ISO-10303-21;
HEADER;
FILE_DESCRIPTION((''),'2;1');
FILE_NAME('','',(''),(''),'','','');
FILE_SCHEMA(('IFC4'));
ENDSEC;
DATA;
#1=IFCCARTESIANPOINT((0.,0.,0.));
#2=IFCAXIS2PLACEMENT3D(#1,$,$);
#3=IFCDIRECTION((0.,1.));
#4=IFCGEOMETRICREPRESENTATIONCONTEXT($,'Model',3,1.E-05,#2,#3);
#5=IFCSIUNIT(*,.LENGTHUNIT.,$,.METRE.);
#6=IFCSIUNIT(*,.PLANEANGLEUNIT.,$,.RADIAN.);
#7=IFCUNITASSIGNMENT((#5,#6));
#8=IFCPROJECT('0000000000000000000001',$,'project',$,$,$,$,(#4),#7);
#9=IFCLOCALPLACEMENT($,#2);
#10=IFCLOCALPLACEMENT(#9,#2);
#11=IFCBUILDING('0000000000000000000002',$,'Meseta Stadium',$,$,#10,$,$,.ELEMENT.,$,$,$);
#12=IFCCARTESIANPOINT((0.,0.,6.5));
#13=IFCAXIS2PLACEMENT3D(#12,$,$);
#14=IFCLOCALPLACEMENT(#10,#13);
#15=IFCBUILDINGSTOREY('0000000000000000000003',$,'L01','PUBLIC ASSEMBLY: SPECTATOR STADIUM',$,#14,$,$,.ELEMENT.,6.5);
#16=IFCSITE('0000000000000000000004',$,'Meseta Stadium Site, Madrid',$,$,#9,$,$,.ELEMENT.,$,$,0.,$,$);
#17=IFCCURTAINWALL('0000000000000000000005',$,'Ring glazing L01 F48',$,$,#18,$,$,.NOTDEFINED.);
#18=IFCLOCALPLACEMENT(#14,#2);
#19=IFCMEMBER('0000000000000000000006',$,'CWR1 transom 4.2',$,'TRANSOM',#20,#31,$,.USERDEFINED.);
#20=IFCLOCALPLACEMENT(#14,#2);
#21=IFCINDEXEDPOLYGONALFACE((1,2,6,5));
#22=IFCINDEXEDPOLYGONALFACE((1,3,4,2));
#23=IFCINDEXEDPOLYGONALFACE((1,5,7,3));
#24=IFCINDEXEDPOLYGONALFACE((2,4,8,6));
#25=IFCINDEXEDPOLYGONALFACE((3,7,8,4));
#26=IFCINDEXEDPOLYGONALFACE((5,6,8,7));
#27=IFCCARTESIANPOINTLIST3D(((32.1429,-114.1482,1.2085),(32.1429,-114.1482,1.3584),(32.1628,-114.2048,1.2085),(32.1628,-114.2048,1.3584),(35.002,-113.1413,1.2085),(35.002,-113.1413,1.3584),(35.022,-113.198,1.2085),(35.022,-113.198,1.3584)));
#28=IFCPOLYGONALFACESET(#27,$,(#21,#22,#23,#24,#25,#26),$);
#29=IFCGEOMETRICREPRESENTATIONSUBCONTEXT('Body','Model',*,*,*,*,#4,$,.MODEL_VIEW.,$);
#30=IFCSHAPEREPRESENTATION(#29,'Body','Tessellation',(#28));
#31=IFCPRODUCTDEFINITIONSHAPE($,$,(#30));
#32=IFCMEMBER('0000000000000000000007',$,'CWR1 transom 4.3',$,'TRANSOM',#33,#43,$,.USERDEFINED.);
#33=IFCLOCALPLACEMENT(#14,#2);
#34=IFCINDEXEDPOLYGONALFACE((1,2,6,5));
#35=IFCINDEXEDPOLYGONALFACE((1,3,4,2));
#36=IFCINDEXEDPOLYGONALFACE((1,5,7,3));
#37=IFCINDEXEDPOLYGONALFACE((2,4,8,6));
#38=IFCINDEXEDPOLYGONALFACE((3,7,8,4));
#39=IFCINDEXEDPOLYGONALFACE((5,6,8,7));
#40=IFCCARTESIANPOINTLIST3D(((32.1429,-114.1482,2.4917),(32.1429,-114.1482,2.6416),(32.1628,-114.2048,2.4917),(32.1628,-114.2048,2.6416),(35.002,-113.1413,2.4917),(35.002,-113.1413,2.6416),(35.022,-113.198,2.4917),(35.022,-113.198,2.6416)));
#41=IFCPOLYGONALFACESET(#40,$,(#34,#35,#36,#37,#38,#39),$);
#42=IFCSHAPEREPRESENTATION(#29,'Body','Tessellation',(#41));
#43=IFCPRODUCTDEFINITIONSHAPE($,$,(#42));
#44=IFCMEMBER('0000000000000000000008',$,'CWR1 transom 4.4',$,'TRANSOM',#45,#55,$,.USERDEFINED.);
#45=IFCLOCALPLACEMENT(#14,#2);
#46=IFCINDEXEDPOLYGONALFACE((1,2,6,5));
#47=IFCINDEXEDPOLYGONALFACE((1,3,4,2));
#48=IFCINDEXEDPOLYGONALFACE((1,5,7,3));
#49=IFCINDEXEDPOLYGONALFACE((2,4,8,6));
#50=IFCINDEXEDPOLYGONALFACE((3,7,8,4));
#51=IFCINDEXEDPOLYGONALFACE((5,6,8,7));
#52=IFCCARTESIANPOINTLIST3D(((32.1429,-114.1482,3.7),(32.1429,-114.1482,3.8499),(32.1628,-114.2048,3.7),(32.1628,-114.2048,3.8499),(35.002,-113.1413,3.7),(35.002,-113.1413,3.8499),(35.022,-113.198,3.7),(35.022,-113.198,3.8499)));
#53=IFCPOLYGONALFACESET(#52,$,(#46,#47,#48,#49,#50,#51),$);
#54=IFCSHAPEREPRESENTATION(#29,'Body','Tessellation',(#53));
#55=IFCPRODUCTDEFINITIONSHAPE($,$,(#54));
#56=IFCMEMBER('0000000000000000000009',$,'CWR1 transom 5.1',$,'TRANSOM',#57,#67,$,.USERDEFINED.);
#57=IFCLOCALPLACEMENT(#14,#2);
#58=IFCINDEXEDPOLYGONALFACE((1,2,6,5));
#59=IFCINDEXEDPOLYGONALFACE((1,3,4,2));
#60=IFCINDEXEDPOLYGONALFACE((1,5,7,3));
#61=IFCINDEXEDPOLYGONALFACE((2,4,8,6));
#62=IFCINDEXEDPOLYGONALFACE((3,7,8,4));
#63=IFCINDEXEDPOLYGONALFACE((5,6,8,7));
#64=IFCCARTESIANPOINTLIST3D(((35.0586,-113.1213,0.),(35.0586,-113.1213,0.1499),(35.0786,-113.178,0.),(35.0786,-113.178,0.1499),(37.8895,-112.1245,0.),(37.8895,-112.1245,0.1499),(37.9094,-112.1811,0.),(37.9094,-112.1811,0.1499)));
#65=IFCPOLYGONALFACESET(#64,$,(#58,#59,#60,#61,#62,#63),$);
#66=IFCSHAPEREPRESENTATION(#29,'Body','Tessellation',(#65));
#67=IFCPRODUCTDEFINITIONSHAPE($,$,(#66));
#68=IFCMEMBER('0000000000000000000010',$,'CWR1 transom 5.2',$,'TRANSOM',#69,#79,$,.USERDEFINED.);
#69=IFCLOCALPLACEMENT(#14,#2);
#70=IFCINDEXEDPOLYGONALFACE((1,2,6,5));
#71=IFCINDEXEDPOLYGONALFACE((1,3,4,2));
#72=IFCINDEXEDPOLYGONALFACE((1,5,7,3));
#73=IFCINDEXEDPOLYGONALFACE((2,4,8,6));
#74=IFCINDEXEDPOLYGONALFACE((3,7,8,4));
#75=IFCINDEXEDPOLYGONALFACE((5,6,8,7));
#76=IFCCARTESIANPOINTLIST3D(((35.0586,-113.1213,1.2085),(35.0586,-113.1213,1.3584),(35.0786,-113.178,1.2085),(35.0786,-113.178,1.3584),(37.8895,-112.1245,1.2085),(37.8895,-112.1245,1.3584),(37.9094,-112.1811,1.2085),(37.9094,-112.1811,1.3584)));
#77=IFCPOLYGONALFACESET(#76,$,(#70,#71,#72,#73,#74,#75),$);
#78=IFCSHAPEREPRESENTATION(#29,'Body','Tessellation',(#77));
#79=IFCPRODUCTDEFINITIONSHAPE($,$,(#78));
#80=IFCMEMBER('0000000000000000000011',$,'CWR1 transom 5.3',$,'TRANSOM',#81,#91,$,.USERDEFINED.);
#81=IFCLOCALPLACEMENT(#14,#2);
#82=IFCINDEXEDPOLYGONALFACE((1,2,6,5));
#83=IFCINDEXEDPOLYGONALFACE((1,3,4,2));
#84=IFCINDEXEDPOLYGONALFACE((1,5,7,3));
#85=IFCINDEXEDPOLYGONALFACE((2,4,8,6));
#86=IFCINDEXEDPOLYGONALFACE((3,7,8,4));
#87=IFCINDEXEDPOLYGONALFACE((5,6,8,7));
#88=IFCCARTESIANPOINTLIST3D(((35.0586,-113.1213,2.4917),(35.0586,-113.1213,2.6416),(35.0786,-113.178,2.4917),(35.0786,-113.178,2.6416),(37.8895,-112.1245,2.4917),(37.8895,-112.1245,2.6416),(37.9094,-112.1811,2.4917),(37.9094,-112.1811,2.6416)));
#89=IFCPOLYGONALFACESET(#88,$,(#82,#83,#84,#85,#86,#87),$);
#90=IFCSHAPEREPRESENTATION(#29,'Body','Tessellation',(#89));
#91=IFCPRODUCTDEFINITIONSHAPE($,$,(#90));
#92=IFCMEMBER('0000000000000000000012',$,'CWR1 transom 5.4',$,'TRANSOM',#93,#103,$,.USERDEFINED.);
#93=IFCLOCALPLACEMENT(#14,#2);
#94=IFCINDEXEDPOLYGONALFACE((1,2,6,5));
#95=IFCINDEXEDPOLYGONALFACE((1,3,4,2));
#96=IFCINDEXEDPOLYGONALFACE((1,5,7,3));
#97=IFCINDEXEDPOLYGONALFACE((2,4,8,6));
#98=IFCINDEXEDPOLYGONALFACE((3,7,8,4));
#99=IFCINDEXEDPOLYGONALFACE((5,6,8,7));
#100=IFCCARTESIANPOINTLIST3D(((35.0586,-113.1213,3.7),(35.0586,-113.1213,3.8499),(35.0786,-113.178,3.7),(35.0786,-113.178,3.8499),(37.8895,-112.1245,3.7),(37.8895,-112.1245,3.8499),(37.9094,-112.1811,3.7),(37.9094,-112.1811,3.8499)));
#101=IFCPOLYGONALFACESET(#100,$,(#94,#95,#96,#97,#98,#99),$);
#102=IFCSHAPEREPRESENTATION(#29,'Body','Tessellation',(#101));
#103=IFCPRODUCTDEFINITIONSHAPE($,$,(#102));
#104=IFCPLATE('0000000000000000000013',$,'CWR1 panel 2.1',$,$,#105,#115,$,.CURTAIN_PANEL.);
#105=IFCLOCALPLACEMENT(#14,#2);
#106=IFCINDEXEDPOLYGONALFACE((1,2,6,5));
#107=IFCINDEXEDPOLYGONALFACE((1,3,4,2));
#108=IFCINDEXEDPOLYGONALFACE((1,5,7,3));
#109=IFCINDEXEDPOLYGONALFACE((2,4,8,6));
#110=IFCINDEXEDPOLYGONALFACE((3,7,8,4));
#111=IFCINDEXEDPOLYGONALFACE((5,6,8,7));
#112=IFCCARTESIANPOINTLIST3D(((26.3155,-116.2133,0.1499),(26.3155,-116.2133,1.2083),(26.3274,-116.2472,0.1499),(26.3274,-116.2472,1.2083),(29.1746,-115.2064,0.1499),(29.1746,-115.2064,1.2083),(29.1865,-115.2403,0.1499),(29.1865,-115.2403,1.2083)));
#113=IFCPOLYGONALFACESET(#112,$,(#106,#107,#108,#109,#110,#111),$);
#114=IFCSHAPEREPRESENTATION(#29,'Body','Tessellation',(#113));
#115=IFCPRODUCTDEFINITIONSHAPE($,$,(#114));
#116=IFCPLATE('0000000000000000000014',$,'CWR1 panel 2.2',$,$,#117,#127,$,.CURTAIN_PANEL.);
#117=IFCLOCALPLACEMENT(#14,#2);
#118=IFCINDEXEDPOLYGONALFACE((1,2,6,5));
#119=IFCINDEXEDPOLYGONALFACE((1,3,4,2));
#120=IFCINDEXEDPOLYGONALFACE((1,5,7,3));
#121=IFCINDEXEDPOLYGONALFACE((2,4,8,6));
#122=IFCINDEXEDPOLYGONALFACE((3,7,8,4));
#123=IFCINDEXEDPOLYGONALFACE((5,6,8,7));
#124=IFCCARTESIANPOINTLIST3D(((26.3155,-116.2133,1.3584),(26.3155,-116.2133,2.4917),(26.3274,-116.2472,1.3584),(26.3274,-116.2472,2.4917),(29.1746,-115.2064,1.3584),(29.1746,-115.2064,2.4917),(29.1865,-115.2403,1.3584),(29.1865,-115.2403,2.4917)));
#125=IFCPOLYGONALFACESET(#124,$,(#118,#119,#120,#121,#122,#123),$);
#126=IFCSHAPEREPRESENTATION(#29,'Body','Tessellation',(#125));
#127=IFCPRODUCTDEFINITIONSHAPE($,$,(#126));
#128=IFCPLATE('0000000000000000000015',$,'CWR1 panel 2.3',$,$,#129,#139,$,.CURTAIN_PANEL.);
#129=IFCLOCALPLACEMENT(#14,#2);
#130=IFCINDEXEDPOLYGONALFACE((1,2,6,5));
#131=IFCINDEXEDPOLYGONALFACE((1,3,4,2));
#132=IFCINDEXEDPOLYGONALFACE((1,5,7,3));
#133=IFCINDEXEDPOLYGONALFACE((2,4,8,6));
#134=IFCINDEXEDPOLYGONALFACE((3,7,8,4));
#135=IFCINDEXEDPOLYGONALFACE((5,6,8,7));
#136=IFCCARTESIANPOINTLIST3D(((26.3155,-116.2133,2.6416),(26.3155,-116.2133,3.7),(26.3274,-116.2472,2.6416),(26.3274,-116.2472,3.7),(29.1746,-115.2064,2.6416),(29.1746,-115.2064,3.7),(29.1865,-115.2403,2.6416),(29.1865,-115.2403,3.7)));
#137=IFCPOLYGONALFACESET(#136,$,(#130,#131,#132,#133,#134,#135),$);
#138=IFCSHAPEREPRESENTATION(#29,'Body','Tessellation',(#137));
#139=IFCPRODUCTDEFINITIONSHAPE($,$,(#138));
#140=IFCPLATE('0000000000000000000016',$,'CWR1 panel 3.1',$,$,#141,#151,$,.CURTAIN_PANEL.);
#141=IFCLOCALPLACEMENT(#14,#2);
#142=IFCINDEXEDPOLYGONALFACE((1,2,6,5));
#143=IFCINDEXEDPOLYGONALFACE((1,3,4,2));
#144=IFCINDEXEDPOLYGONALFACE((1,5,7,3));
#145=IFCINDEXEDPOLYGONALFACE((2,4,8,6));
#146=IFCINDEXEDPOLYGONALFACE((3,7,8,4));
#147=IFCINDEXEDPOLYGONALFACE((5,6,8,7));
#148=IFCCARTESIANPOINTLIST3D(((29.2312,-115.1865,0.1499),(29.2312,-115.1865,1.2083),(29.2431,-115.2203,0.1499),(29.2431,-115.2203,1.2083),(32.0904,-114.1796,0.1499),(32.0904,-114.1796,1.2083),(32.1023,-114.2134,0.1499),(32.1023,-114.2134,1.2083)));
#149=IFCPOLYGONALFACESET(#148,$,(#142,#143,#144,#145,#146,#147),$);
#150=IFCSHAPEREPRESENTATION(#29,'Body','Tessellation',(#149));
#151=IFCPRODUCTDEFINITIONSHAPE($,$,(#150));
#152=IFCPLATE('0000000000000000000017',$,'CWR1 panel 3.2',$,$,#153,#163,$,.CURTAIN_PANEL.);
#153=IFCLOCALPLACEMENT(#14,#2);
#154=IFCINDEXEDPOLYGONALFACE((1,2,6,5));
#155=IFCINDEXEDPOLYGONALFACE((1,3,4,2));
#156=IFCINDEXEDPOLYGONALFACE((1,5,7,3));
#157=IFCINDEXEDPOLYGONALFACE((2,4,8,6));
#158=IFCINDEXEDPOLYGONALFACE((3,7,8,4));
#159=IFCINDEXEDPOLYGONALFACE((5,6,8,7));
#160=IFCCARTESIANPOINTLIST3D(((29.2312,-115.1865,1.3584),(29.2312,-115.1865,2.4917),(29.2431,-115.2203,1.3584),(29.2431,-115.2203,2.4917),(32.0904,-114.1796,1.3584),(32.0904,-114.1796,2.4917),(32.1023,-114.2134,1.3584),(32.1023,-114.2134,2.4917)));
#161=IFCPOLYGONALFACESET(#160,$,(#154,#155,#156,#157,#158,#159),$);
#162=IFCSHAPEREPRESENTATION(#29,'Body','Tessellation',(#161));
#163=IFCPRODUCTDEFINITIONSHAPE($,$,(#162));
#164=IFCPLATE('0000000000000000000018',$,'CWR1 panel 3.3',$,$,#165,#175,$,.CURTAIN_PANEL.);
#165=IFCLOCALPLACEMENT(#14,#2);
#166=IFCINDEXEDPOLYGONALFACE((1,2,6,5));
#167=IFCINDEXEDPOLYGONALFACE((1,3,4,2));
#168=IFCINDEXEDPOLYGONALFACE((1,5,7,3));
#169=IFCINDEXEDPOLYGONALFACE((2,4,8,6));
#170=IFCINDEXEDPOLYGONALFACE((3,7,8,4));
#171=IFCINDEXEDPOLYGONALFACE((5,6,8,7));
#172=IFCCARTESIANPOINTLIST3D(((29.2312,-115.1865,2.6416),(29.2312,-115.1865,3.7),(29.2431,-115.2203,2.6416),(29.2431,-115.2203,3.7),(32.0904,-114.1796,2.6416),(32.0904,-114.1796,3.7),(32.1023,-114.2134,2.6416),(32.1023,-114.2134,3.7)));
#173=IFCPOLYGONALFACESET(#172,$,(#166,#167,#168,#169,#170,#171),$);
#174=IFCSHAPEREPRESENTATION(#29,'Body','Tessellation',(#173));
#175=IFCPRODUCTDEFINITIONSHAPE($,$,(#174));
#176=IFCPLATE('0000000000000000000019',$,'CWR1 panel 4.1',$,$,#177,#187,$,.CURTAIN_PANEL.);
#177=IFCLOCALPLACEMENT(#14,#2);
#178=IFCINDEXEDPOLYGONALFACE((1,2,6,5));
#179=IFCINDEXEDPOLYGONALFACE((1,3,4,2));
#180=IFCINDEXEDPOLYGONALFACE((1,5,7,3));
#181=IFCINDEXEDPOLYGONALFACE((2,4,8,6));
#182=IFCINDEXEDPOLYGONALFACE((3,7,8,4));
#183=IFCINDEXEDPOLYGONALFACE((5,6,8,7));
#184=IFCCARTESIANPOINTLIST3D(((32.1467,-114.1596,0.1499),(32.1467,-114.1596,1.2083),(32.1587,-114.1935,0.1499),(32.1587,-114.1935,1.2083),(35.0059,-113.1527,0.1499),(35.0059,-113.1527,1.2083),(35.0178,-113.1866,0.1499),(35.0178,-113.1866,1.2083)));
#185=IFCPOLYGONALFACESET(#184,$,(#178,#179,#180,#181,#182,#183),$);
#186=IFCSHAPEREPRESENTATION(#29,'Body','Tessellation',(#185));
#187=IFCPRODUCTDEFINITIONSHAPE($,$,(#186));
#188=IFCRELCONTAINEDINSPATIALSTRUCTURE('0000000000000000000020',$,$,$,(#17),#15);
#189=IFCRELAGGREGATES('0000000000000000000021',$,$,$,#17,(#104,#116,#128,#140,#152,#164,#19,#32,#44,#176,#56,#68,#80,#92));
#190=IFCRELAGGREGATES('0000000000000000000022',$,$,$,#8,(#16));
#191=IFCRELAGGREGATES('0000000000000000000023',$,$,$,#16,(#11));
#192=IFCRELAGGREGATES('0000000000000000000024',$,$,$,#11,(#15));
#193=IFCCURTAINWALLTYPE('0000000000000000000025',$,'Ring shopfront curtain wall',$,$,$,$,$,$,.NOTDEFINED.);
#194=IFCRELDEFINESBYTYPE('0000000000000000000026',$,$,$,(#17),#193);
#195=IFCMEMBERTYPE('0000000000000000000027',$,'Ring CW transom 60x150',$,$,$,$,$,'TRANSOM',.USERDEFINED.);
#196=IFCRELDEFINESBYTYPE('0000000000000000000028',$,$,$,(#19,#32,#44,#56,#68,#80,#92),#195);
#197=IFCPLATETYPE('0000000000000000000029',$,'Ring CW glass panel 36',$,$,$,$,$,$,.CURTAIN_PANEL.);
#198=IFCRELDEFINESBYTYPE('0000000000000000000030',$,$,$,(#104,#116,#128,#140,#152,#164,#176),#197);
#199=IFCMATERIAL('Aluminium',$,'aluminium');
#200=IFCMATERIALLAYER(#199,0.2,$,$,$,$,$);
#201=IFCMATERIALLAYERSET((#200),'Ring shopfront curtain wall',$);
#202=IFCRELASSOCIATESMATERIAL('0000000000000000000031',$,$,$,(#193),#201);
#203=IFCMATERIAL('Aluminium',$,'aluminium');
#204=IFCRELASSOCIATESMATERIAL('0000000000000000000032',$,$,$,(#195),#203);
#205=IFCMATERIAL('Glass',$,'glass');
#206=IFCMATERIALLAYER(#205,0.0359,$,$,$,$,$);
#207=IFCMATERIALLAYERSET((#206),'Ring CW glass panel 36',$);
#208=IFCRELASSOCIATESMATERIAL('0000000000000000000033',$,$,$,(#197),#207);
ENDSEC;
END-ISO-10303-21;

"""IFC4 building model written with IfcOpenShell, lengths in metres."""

from ifc_helpers import new_model, si_unit, direction, frame, origin, origin_2d, place, context, subcontext, project, spatial, rectangle, extrude, material, layer, layer_set, material_profile, profile_set, type_object, element, aggregate, save


model = new_model("IFC4")

# Units and contexts
model_context = context("Model", 3, precision=1e-05, world=origin(), true_north=direction((0.0, 1.0)))
body_context = subcontext(model_context, "Body", "Model", "MODEL_VIEW")
ifc_project = project(units=[si_unit("LENGTHUNIT", "METRE"), si_unit("PLANEANGLEUNIT", "RADIAN")], contexts=[model_context])

# Site, building, storey
site_placement = place(None, origin())
site = spatial("IfcSite", under=ifc_project, at=site_placement, Name="Meseta Stadium Site, Madrid", CompositionType="ELEMENT", RefElevation=0.0)
building_placement = place(site_placement, origin())
building = spatial("IfcBuilding", under=site, at=building_placement, Name="Meseta Stadium", CompositionType="ELEMENT")
storey_placement = place(building_placement, frame((0.0, 0.0, 6.5)))
storey = spatial("IfcBuildingStorey", under=building, at=storey_placement, Name="L01", Description="PUBLIC ASSEMBLY: SPECTATOR STADIUM", CompositionType="ELEMENT", Elevation=6.5)

# Curtain wall, members, plates
ifc_material_1 = material(Name="Aluminium", Category="aluminium")
ifc_layer_1 = layer(ifc_material_1, 0.2)
ifc_layer_set_1 = layer_set([ifc_layer_1], Name="Ring shopfront curtain wall")
curtain_wall_type = type_object("IfcCurtainWallType", Name="Ring shopfront curtain wall", PredefinedType="NOTDEFINED", material=ifc_layer_set_1)
curtain_wall_placement = place(storey_placement, origin())
curtain_wall = element("IfcCurtainWall", 1, at=curtain_wall_placement, inside=storey, type_object=curtain_wall_type, Name="Ring glazing L01 F48", PredefinedType="NOTDEFINED")
ifc_material_2 = material(Name="Aluminium", Category="aluminium")
ifc_material_profile_1 = material_profile(ifc_material_2, rectangle(XDim=0.0601, YDim=0.1499, at=origin_2d()), Name="CW 60x150")
ifc_profile_set_1 = profile_set([ifc_material_profile_1], Name="Aluminium")
member_type_1 = type_object("IfcMemberType", Name="Ring CW transom 60x150", ElementType="TRANSOM", PredefinedType="USERDEFINED", material=ifc_profile_set_1)
member_1_placement = place(storey_placement, frame((32.1528, -114.1765, 1.2834), z_axis=(0.943225, 0.332154, 0.0), x_axis=(-0.332154, 0.943225, 0.0)))
member_1 = element("IfcMember", 2, at=member_1_placement, type_object=member_type_1, Name="CWR1 transom 4.2", ObjectType="TRANSOM", PredefinedType="USERDEFINED", context=body_context, shape_type="SweptSolid", body=[
    extrude(rectangle(XDim=0.0601, YDim=0.1499, at=origin_2d()), origin(), (0.0, 0.0, 1.0), 3.0312),
])
member_2_placement = place(storey_placement, frame((32.1528, -114.1765, 2.5667), z_axis=(0.943225, 0.332154, 0.0), x_axis=(-0.332154, 0.943225, 0.0)))
member_2 = element("IfcMember", 3, at=member_2_placement, type_object=member_type_1, Name="CWR1 transom 4.3", ObjectType="TRANSOM", PredefinedType="USERDEFINED", context=body_context, shape_type="SweptSolid", body=[
    extrude(rectangle(XDim=0.0601, YDim=0.1499, at=origin_2d()), origin(), (0.0, 0.0, 1.0), 3.0312),
])
member_3_placement = place(storey_placement, frame((32.1528, -114.1765, 3.7749), z_axis=(0.943225, 0.332154, 0.0), x_axis=(-0.332154, 0.943225, 0.0)))
member_3 = element("IfcMember", 4, at=member_3_placement, type_object=member_type_1, Name="CWR1 transom 4.4", ObjectType="TRANSOM", PredefinedType="USERDEFINED", context=body_context, shape_type="SweptSolid", body=[
    extrude(rectangle(XDim=0.0601, YDim=0.1499, at=origin_2d()), origin(), (0.0, 0.0, 1.0), 3.0312),
])
member_4_placement = place(storey_placement, frame((35.0686, -113.1497, 0.075), z_axis=(0.943229, 0.332143, 0.0), x_axis=(-0.332143, 0.943229, 0.0)))
member_4 = element("IfcMember", 5, at=member_4_placement, type_object=member_type_1, Name="CWR1 transom 5.1", ObjectType="TRANSOM", PredefinedType="USERDEFINED", context=body_context, shape_type="SweptSolid", body=[
    extrude(rectangle(XDim=0.0601, YDim=0.1499, at=origin_2d()), origin(), (0.0, 0.0, 1.0), 3.0012),
])
member_5_placement = place(storey_placement, frame((35.0686, -113.1497, 1.2834), z_axis=(0.943229, 0.332143, 0.0), x_axis=(-0.332143, 0.943229, 0.0)))
member_5 = element("IfcMember", 6, at=member_5_placement, type_object=member_type_1, Name="CWR1 transom 5.2", ObjectType="TRANSOM", PredefinedType="USERDEFINED", context=body_context, shape_type="SweptSolid", body=[
    extrude(rectangle(XDim=0.0601, YDim=0.1499, at=origin_2d()), origin(), (0.0, 0.0, 1.0), 3.0012),
])
member_6_placement = place(storey_placement, frame((35.0686, -113.1497, 2.5667), z_axis=(0.943229, 0.332143, 0.0), x_axis=(-0.332143, 0.943229, 0.0)))
member_6 = element("IfcMember", 7, at=member_6_placement, type_object=member_type_1, Name="CWR1 transom 5.3", ObjectType="TRANSOM", PredefinedType="USERDEFINED", context=body_context, shape_type="SweptSolid", body=[
    extrude(rectangle(XDim=0.0601, YDim=0.1499, at=origin_2d()), origin(), (0.0, 0.0, 1.0), 3.0012),
])
member_7_placement = place(storey_placement, frame((35.0686, -113.1497, 3.7749), z_axis=(0.943229, 0.332143, 0.0), x_axis=(-0.332143, 0.943229, 0.0)))
member_7 = element("IfcMember", 8, at=member_7_placement, type_object=member_type_1, Name="CWR1 transom 5.4", ObjectType="TRANSOM", PredefinedType="USERDEFINED", context=body_context, shape_type="SweptSolid", body=[
    extrude(rectangle(XDim=0.0601, YDim=0.1499, at=origin_2d()), origin(), (0.0, 0.0, 1.0), 3.0012),
])
ifc_material_3 = material(Name="Glass", Category="glass")
ifc_layer_2 = layer(ifc_material_3, 0.0359)
ifc_layer_set_2 = layer_set([ifc_layer_2], Name="Ring CW glass panel 36")
plate_type_1 = type_object("IfcPlateType", Name="Ring CW glass panel 36", PredefinedType="CURTAIN_PANEL", material=ifc_layer_set_2)
plate_1_placement = place(storey_placement, frame((27.751, -115.7268, 0.1499), z_axis=(0.0, 0.0, 1.0), x_axis=(0.943218, 0.332174, 0.0)))
plate_1 = element("IfcPlate", 9, at=plate_1_placement, type_object=plate_type_1, Name="CWR1 panel 2.1", PredefinedType="CURTAIN_PANEL", context=body_context, shape_type="SweptSolid", body=[
    extrude(rectangle(XDim=3.0312, YDim=0.0359, at=origin_2d()), origin(), (0.0, 0.0, 1.0), 1.0583),
])
plate_2_placement = place(storey_placement, frame((27.751, -115.7268, 1.3584), z_axis=(0.0, 0.0, 1.0), x_axis=(0.943218, 0.332174, 0.0)))
plate_2 = element("IfcPlate", 10, at=plate_2_placement, type_object=plate_type_1, Name="CWR1 panel 2.2", PredefinedType="CURTAIN_PANEL", context=body_context, shape_type="SweptSolid", body=[
    extrude(rectangle(XDim=3.0312, YDim=0.0359, at=origin_2d()), origin(), (0.0, 0.0, 1.0), 1.1333),
])
plate_3_placement = place(storey_placement, frame((27.751, -115.7268, 2.6416), z_axis=(0.0, 0.0, 1.0), x_axis=(0.943218, 0.332174, 0.0)))
plate_3 = element("IfcPlate", 11, at=plate_3_placement, type_object=plate_type_1, Name="CWR1 panel 2.3", PredefinedType="CURTAIN_PANEL", context=body_context, shape_type="SweptSolid", body=[
    extrude(rectangle(XDim=3.0312, YDim=0.0359, at=origin_2d()), origin(), (0.0, 0.0, 1.0), 1.0583),
])
plate_4_placement = place(storey_placement, frame((30.6667, -114.7, 0.1499), z_axis=(0.0, 0.0, 1.0), x_axis=(0.943218, 0.332174, 0.0)))
plate_4 = element("IfcPlate", 12, at=plate_4_placement, type_object=plate_type_1, Name="CWR1 panel 3.1", PredefinedType="CURTAIN_PANEL", context=body_context, shape_type="SweptSolid", body=[
    extrude(rectangle(XDim=3.0312, YDim=0.0359, at=origin_2d()), origin(), (0.0, 0.0, 1.0), 1.0583),
])
plate_5_placement = place(storey_placement, frame((30.6667, -114.7, 1.3584), z_axis=(0.0, 0.0, 1.0), x_axis=(0.943218, 0.332174, 0.0)))
plate_5 = element("IfcPlate", 13, at=plate_5_placement, type_object=plate_type_1, Name="CWR1 panel 3.2", PredefinedType="CURTAIN_PANEL", context=body_context, shape_type="SweptSolid", body=[
    extrude(rectangle(XDim=3.0312, YDim=0.0359, at=origin_2d()), origin(), (0.0, 0.0, 1.0), 1.1333),
])
plate_6_placement = place(storey_placement, frame((30.6667, -114.7, 2.6416), z_axis=(0.0, 0.0, 1.0), x_axis=(0.943218, 0.332174, 0.0)))
plate_6 = element("IfcPlate", 14, at=plate_6_placement, type_object=plate_type_1, Name="CWR1 panel 3.3", PredefinedType="CURTAIN_PANEL", context=body_context, shape_type="SweptSolid", body=[
    extrude(rectangle(XDim=3.0312, YDim=0.0359, at=origin_2d()), origin(), (0.0, 0.0, 1.0), 1.0583),
])
plate_7_placement = place(storey_placement, frame((33.5823, -113.6731, 0.1499), z_axis=(0.0, 0.0, 1.0), x_axis=(0.943218, 0.332174, 0.0)))
plate_7 = element("IfcPlate", 15, at=plate_7_placement, type_object=plate_type_1, Name="CWR1 panel 4.1", PredefinedType="CURTAIN_PANEL", context=body_context, shape_type="SweptSolid", body=[
    extrude(rectangle(XDim=3.0312, YDim=0.0359, at=origin_2d()), origin(), (0.0, 0.0, 1.0), 1.0583),
])
aggregate(curtain_wall, [plate_1, plate_2, plate_3, plate_4, plate_5, plate_6, member_1, member_2, member_3, plate_7, member_4, member_5, member_6, member_7])

save(model, "model.ifc")
